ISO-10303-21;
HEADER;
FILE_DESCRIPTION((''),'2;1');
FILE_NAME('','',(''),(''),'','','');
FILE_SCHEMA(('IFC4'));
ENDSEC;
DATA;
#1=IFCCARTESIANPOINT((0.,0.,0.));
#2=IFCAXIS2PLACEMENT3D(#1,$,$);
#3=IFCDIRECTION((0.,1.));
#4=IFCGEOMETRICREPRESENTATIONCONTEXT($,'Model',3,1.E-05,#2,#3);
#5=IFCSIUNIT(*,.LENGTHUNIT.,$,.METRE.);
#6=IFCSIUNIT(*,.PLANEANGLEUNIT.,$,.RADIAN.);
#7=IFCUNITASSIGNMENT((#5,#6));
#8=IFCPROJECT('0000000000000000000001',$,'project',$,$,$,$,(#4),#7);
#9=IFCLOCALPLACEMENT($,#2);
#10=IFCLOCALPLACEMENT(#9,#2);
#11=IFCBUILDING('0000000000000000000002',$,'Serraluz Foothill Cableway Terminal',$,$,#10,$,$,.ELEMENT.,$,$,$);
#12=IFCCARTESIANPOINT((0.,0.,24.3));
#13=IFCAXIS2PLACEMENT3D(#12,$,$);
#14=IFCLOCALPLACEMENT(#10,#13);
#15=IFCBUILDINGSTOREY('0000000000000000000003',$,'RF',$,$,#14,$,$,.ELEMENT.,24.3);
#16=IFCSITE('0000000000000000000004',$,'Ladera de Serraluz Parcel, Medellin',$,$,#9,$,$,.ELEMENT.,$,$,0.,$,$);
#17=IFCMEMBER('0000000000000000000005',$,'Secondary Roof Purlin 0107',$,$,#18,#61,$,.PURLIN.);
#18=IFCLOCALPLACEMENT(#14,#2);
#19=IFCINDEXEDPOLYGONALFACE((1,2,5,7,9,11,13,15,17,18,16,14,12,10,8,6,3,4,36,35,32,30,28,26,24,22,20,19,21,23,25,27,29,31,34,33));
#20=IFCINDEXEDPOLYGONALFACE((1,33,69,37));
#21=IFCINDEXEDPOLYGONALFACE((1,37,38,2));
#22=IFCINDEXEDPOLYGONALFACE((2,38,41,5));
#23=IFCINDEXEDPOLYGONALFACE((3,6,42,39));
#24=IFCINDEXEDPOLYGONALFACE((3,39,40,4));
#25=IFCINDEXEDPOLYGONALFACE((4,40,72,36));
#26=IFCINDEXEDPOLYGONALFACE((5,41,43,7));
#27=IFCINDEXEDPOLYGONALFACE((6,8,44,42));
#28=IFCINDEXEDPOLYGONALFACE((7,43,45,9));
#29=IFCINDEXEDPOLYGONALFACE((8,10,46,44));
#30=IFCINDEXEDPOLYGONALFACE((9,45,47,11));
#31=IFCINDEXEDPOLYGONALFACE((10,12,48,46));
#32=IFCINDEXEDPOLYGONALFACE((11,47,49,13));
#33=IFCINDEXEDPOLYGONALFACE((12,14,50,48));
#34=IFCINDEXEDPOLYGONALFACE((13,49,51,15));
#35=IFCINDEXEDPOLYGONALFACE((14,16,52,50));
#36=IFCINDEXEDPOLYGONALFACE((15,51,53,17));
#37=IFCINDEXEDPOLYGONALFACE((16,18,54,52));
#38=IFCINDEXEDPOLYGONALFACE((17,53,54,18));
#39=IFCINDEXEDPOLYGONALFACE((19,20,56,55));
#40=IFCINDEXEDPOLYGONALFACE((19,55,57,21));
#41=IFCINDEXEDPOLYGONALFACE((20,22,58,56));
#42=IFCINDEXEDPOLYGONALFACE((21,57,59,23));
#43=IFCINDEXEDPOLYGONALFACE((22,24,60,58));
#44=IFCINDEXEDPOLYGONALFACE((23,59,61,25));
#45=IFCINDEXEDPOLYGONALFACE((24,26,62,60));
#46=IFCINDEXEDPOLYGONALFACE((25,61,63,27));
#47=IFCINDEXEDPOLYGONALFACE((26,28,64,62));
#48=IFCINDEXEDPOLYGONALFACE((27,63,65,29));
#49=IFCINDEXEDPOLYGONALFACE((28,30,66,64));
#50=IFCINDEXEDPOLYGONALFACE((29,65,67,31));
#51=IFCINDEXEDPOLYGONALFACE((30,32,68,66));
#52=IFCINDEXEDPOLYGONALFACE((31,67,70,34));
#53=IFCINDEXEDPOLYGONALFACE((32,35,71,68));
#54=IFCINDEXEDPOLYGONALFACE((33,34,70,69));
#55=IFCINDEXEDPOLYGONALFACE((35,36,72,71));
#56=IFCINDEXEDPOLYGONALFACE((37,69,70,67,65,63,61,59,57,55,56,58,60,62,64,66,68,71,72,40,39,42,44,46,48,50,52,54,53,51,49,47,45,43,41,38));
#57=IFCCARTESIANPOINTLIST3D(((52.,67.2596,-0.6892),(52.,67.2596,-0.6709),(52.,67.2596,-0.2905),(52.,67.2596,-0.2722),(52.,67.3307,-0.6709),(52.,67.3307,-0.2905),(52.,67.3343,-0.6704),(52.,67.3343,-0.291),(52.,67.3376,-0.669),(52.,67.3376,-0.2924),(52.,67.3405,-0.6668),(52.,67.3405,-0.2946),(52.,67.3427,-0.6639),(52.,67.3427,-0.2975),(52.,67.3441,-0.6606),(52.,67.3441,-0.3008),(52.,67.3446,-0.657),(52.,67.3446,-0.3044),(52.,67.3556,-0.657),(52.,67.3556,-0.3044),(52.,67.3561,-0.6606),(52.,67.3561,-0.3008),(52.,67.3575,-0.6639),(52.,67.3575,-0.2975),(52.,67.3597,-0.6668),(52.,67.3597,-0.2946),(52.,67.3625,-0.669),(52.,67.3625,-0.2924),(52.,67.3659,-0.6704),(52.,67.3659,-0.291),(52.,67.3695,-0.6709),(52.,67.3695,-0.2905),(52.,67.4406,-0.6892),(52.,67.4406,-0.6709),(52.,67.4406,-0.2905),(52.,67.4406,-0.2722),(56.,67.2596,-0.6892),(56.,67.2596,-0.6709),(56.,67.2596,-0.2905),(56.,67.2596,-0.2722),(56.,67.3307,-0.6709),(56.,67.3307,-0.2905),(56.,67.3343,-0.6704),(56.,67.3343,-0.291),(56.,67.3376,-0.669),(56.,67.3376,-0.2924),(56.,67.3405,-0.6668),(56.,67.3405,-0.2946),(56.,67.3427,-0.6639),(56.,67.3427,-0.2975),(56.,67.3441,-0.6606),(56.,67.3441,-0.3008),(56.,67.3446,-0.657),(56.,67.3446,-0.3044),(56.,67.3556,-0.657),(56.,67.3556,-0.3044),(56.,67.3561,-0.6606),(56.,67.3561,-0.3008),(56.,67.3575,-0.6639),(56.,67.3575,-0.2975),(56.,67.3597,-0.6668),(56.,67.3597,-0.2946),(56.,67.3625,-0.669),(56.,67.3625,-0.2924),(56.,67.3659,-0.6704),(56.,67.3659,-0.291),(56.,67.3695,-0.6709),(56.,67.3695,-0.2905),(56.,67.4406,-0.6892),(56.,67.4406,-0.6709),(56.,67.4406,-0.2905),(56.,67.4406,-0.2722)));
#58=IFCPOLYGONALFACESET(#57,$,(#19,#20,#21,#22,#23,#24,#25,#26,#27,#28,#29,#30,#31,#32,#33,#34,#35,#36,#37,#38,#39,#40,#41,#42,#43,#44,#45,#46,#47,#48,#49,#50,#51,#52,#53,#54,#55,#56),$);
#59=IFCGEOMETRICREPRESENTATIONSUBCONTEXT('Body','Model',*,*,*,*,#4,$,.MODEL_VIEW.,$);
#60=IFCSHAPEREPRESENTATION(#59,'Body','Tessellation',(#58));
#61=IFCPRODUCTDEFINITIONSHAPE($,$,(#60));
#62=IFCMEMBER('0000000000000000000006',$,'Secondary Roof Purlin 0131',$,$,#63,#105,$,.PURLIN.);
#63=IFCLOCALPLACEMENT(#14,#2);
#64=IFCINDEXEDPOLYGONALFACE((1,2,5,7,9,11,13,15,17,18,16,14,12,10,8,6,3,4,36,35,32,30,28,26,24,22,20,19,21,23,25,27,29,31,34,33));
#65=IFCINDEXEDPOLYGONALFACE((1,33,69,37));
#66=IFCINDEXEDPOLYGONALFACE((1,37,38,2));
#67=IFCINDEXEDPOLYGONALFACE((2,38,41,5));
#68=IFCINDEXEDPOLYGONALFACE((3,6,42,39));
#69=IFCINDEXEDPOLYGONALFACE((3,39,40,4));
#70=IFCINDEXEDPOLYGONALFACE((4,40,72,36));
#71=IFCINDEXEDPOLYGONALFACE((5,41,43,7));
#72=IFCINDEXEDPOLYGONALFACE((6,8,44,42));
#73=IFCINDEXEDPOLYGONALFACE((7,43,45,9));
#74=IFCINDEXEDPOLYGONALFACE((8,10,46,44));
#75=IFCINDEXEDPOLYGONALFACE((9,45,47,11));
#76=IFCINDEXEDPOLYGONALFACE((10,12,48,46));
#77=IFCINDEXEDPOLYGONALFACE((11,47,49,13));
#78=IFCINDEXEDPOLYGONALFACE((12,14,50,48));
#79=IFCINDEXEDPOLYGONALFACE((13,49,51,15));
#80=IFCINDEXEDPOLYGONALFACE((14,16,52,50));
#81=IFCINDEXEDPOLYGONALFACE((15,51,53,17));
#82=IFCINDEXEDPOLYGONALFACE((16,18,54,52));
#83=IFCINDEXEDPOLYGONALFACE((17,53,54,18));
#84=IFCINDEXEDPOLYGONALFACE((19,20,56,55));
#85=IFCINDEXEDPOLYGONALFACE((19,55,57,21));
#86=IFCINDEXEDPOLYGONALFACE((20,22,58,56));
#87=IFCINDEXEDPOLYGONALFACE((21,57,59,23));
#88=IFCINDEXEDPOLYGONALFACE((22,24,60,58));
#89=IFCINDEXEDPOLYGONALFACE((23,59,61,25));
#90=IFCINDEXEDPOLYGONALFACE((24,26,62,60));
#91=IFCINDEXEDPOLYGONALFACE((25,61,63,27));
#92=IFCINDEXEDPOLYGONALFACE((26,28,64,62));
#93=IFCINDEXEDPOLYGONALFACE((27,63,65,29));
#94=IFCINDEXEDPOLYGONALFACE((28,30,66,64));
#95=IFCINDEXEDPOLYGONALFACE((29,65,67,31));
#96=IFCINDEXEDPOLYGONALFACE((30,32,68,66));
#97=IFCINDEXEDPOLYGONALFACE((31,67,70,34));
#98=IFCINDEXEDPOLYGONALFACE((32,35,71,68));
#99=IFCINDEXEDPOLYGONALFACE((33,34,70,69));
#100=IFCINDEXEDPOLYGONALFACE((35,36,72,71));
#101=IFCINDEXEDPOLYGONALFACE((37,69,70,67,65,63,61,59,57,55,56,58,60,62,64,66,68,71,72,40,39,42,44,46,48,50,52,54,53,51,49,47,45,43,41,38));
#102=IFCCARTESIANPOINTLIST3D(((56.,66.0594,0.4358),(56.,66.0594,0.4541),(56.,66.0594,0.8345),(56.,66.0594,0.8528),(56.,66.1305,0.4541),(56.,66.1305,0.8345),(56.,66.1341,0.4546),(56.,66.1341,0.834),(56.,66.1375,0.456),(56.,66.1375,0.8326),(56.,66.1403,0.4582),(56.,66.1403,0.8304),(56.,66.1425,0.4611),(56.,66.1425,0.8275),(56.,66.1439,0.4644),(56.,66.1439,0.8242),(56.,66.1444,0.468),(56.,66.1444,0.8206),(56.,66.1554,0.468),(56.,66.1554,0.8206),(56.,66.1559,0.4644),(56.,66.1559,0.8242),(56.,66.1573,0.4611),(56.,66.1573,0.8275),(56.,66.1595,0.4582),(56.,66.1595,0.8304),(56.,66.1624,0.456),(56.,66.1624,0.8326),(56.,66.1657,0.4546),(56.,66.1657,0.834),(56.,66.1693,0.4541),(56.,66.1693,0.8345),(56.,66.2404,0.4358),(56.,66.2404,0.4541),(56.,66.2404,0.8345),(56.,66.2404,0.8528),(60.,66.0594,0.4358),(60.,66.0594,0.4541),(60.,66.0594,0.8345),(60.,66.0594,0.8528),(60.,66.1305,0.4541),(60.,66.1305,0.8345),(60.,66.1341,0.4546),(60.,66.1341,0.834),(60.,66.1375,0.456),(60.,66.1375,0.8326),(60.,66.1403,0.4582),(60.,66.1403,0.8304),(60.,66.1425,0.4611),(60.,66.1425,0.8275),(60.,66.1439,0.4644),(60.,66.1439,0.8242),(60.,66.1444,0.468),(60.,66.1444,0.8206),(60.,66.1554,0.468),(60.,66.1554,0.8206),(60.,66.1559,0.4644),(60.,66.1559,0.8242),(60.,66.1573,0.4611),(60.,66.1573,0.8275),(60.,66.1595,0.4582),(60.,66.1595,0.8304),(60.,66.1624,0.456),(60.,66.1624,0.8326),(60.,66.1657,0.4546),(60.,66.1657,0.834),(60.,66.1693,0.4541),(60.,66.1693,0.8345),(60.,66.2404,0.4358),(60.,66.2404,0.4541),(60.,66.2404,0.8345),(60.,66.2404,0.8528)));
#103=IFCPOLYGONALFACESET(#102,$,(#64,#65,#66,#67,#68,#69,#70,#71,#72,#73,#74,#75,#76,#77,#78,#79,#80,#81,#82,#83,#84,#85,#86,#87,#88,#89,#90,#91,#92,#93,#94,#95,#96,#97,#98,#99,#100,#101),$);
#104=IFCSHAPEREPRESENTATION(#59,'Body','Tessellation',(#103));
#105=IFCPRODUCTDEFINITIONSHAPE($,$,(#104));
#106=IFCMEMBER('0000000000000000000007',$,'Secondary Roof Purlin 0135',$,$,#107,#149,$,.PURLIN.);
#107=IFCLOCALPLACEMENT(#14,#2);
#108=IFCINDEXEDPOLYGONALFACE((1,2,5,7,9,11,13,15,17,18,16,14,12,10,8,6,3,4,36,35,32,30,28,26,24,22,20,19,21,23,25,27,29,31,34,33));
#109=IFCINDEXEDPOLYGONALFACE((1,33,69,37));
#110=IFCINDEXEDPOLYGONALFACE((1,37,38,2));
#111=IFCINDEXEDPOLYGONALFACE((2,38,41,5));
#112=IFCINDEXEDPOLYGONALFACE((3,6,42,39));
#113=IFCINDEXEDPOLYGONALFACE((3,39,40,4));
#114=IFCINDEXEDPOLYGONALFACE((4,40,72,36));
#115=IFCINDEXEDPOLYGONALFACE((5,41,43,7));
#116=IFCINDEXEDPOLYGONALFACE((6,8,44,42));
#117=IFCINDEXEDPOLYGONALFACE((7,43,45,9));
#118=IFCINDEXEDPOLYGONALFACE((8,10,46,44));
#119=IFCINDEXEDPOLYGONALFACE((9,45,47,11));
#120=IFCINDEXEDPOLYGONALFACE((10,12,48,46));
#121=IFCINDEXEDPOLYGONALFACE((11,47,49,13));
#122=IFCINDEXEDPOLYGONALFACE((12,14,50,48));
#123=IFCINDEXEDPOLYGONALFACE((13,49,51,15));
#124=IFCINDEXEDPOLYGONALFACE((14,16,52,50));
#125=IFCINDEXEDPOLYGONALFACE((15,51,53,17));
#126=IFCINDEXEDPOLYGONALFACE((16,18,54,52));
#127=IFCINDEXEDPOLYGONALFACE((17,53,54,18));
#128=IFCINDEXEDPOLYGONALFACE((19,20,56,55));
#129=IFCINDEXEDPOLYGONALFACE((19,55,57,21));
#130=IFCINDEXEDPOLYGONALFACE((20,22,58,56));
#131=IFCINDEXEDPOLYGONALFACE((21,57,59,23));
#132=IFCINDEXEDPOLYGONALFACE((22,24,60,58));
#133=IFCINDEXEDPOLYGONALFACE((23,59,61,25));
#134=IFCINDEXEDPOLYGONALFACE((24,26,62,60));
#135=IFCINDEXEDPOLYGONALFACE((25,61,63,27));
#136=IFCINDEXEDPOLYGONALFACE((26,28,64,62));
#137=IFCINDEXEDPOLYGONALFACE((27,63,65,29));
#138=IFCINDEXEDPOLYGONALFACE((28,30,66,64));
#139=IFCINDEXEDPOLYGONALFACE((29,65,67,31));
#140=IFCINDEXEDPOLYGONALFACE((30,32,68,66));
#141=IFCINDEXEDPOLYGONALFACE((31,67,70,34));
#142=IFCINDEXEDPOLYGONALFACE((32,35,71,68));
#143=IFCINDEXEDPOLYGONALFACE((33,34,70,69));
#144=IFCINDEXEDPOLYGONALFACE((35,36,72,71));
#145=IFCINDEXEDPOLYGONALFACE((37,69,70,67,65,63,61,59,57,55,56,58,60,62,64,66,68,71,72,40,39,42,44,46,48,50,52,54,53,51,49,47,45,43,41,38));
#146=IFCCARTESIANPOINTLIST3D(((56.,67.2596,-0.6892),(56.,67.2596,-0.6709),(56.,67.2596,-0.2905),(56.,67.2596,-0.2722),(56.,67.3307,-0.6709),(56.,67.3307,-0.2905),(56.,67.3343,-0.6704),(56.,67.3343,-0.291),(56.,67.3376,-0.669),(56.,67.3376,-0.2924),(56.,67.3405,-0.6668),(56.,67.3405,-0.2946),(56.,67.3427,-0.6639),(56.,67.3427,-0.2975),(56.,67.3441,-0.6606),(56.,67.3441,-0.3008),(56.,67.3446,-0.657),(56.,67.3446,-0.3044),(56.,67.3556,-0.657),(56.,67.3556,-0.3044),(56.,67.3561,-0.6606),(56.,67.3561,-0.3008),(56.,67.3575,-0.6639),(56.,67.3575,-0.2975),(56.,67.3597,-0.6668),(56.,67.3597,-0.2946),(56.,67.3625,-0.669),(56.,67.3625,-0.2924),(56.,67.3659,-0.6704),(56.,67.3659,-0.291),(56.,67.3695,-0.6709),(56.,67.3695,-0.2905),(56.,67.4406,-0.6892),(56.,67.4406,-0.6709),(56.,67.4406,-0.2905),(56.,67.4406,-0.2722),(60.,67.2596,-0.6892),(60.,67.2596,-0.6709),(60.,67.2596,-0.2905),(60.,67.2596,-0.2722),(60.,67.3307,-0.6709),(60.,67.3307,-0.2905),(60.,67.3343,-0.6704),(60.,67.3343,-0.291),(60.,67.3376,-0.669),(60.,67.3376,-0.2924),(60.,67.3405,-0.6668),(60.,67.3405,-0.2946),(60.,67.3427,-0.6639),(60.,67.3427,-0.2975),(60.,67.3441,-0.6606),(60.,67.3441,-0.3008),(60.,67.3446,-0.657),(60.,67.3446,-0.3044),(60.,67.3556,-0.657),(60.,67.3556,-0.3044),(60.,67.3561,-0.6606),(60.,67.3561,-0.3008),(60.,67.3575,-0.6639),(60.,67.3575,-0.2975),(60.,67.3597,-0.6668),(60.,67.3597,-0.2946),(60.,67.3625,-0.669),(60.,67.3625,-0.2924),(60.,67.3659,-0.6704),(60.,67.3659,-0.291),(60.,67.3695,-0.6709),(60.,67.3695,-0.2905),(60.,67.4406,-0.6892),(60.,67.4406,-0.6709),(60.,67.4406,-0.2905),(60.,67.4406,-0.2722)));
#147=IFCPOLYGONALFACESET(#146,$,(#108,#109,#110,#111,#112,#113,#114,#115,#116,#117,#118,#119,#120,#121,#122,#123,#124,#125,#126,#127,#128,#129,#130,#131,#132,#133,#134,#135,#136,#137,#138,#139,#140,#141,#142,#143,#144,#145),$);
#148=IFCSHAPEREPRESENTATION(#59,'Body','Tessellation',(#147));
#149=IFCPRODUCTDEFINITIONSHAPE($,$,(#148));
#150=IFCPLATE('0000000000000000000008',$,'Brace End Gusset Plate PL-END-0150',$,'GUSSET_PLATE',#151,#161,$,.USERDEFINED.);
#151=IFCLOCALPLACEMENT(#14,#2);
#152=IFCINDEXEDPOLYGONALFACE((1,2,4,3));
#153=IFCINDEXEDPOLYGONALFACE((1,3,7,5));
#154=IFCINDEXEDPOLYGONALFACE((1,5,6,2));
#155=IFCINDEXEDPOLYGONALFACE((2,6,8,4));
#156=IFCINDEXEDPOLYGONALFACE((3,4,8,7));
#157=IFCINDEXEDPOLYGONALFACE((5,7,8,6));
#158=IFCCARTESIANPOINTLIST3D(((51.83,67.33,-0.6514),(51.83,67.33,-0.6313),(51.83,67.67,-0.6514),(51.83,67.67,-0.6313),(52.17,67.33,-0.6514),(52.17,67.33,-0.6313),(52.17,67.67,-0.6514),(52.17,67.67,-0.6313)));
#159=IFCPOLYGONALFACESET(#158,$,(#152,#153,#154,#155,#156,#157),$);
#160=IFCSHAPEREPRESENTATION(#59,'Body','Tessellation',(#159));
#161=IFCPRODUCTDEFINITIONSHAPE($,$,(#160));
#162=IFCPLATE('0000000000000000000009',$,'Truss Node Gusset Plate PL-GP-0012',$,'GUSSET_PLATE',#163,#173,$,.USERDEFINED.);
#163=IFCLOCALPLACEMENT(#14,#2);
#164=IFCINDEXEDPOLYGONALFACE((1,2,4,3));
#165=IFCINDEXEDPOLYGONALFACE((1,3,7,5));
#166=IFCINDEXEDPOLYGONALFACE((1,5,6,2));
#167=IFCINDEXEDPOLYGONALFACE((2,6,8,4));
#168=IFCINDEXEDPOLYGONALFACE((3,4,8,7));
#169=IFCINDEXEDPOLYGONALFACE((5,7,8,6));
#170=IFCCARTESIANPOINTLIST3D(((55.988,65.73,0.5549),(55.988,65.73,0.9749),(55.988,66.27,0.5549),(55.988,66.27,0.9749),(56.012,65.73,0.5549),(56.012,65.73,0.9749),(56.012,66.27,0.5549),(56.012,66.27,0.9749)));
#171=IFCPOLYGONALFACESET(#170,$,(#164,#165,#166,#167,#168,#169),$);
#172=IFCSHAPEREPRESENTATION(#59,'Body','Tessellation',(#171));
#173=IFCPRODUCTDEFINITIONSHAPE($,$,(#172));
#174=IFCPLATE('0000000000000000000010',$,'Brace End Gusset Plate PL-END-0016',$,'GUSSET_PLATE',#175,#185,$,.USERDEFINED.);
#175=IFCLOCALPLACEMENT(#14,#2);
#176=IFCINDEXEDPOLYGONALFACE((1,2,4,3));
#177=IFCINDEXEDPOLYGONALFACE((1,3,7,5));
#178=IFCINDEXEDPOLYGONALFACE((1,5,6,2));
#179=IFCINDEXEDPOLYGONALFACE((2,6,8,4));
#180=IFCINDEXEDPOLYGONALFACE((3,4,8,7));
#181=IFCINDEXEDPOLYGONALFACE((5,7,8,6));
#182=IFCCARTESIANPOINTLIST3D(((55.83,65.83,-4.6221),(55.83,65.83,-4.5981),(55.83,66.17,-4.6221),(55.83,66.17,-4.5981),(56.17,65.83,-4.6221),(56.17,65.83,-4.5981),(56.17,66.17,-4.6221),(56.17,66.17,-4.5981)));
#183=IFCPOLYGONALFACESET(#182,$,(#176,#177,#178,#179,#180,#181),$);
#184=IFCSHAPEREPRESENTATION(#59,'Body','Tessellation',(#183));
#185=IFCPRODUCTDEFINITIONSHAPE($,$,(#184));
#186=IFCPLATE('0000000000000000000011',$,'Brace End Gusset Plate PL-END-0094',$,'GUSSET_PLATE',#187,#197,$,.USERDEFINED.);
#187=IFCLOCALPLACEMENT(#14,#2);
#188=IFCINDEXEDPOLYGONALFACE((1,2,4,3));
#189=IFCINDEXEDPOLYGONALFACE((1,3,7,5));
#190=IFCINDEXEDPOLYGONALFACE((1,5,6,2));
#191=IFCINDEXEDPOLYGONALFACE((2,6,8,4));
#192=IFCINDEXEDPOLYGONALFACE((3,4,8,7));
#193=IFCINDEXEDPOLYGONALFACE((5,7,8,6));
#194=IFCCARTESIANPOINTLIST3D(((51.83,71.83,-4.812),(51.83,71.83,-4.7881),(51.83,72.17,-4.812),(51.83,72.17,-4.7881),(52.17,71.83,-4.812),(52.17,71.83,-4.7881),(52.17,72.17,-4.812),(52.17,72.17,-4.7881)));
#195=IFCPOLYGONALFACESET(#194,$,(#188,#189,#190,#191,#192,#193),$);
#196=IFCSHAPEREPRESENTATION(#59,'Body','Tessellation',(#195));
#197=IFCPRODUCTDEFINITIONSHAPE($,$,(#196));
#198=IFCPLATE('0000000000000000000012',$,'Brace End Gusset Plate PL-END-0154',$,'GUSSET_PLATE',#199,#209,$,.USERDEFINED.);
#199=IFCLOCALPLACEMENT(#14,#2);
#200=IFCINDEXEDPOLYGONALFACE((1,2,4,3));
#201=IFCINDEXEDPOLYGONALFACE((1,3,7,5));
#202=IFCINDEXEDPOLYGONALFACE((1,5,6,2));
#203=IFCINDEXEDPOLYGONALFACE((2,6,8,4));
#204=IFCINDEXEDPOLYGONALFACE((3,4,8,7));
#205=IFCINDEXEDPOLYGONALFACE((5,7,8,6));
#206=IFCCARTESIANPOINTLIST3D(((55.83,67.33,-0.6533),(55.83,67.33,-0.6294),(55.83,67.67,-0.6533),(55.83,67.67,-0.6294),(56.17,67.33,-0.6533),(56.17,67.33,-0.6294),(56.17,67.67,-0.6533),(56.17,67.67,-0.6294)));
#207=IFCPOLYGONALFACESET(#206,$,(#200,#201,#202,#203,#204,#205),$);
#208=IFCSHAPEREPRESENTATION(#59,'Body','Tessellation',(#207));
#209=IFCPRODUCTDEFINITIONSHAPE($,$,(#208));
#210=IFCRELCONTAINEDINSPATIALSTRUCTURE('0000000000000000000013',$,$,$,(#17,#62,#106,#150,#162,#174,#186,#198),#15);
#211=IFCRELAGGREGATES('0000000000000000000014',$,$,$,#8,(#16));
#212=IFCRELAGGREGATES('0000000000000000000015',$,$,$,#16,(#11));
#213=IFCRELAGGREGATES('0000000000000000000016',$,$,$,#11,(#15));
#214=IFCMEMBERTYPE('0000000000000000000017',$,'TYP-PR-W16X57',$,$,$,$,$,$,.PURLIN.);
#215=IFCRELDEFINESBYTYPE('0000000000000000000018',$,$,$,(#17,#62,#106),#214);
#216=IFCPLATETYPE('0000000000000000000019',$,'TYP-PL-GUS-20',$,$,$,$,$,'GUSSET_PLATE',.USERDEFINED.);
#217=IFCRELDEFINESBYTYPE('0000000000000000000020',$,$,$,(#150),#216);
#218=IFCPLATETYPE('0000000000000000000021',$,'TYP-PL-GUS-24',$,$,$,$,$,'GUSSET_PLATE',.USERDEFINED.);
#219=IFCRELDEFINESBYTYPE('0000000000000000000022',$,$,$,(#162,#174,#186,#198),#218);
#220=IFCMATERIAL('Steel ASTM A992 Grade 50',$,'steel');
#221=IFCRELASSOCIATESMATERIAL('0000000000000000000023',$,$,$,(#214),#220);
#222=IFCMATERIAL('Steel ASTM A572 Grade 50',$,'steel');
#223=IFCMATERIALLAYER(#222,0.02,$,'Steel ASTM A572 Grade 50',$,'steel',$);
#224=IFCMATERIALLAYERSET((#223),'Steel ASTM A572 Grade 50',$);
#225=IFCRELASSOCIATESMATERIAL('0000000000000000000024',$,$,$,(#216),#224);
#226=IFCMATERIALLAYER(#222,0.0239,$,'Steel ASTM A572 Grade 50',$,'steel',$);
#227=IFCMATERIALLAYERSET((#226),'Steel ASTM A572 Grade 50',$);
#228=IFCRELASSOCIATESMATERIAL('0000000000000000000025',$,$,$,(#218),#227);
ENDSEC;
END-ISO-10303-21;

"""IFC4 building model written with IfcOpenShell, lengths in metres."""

from ifc_helpers import new_model, si_unit, direction, frame, origin, origin_2d, place, context, subcontext, project, spatial, rectangle, i_section, extrude, material, layer, layer_set, material_profile, profile_set, type_object, element, save


model = new_model("IFC4")

# Units and contexts
model_context = context("Model", 3, precision=1e-05, world=origin(), true_north=direction((0.0, 1.0)))
body_context = subcontext(model_context, "Body", "Model", "MODEL_VIEW")
ifc_project = project(units=[si_unit("LENGTHUNIT", "METRE"), si_unit("PLANEANGLEUNIT", "RADIAN")], contexts=[model_context])

# Site, building, storey
site_placement = place(None, origin())
site = spatial("IfcSite", under=ifc_project, at=site_placement, Name="Ladera de Serraluz Parcel, Medellin", CompositionType="ELEMENT", RefElevation=0.0)
building_placement = place(site_placement, origin())
building = spatial("IfcBuilding", under=site, at=building_placement, Name="Serraluz Foothill Cableway Terminal", CompositionType="ELEMENT")
storey_placement = place(building_placement, frame((0.0, 0.0, 24.3)))
storey = spatial("IfcBuildingStorey", under=building, at=storey_placement, Name="RF", CompositionType="ELEMENT", Elevation=24.3)

# Members
ifc_material_1 = material(Name="Steel ASTM A572 Grade 50", Category="steel")
ifc_material_2 = material(Name="Steel ASTM A992 Grade 50", Category="steel")
ifc_material_profile_1 = material_profile(ifc_material_2, i_section(OverallWidth=0.1809, OverallDepth=0.417, WebThickness=0.011, FlangeThickness=0.0183, FilletRadius=0.0139, at=origin_2d()), Name="W16X57")
ifc_profile_set_1 = profile_set([ifc_material_profile_1], Name="Steel ASTM A992 Grade 50")
member_type_1 = type_object("IfcMemberType", Name="TYP-PR-W16X57", PredefinedType="PURLIN", material=ifc_profile_set_1)
for number, where, z_axis, x_axis, name in (
    (1, (52.0, 67.3501, -0.4807), (1.0, 0.0, 0.0), (0.0, 1.0, 0.0), "Secondary Roof Purlin 0107"),
    (2, (56.0, 66.1499, 0.6443), (1.0, 0.0, 0.0), (0.0, 1.0, 0.0), "Secondary Roof Purlin 0131"),
    (3, (56.0, 67.3501, -0.4807), (1.0, 0.0, 0.0), (0.0, 1.0, 0.0), "Secondary Roof Purlin 0135"),
):
    element("IfcMember", number, at=place(storey_placement, frame(where, z_axis=z_axis, x_axis=x_axis)), inside=storey, type_object=member_type_1, Name=name, PredefinedType="PURLIN", context=body_context, shape_type="SweptSolid", body=[
        extrude(i_section(OverallWidth=0.1809, OverallDepth=0.417, WebThickness=0.011, FlangeThickness=0.0183, FilletRadius=0.0139, at=origin_2d()), origin(), (0.0, 0.0, 1.0), 4.0),
    ])

# Plates
ifc_layer_1 = layer(ifc_material_1, 0.02, Name="Steel ASTM A572 Grade 50", Category="steel")
ifc_layer_set_1 = layer_set([ifc_layer_1], Name="Steel ASTM A572 Grade 50")
plate_type_1 = type_object("IfcPlateType", Name="TYP-PL-GUS-20", ElementType="GUSSET_PLATE", PredefinedType="USERDEFINED", material=ifc_layer_set_1)
plate_1_placement = place(storey_placement, frame((52.0, 67.5, -0.6514), z_axis=(0.0, 0.0, 1.0), x_axis=(1.0, 0.0, 0.0)))
element("IfcPlate", 4, at=plate_1_placement, inside=storey, type_object=plate_type_1, Name="Brace End Gusset Plate PL-END-0150", ObjectType="GUSSET_PLATE", PredefinedType="USERDEFINED", context=body_context, shape_type="SweptSolid", body=[
    extrude(rectangle(XDim=0.3401, YDim=0.3401, at=origin_2d()), origin(), (0.0, 0.0, 1.0), 0.02),
])
ifc_layer_2 = layer(ifc_material_1, 0.0239, Name="Steel ASTM A572 Grade 50", Category="steel")
ifc_layer_set_2 = layer_set([ifc_layer_2], Name="Steel ASTM A572 Grade 50")
plate_type_2 = type_object("IfcPlateType", Name="TYP-PL-GUS-24", ElementType="GUSSET_PLATE", PredefinedType="USERDEFINED", material=ifc_layer_set_2)
plate_2_placement = place(storey_placement, frame((56.0, 66.0, 0.5549), z_axis=(0.0, 0.0, 1.0), x_axis=(1.0, 0.0, 0.0)))
element("IfcPlate", 5, at=plate_2_placement, inside=storey, type_object=plate_type_2, Name="Truss Node Gusset Plate PL-GP-0012", ObjectType="GUSSET_PLATE", PredefinedType="USERDEFINED", context=body_context, shape_type="SweptSolid", body=[
    extrude(rectangle(XDim=0.0239, YDim=0.54, at=origin_2d()), origin(), (0.0, 0.0, 1.0), 0.4199),
])
for number, where, z_axis, x_axis, name in (
    (6, (56.0, 66.0, -4.6221), (0.0, 0.0, 1.0), (1.0, 0.0, 0.0), "Brace End Gusset Plate PL-END-0016"),
    (7, (52.0, 72.0, -4.812), (0.0, 0.0, 1.0), (1.0, 0.0, 0.0), "Brace End Gusset Plate PL-END-0094"),
    (8, (56.0, 67.5, -0.6533), (0.0, 0.0, 1.0), (1.0, 0.0, 0.0), "Brace End Gusset Plate PL-END-0154"),
):
    element("IfcPlate", number, at=place(storey_placement, frame(where, z_axis=z_axis, x_axis=x_axis)), inside=storey, type_object=plate_type_2, Name=name, ObjectType="GUSSET_PLATE", PredefinedType="USERDEFINED", context=body_context, shape_type="SweptSolid", body=[
        extrude(rectangle(XDim=0.3401, YDim=0.3401, at=origin_2d()), origin(), (0.0, 0.0, 1.0), 0.0239),
    ])

save(model, "model.ifc")
